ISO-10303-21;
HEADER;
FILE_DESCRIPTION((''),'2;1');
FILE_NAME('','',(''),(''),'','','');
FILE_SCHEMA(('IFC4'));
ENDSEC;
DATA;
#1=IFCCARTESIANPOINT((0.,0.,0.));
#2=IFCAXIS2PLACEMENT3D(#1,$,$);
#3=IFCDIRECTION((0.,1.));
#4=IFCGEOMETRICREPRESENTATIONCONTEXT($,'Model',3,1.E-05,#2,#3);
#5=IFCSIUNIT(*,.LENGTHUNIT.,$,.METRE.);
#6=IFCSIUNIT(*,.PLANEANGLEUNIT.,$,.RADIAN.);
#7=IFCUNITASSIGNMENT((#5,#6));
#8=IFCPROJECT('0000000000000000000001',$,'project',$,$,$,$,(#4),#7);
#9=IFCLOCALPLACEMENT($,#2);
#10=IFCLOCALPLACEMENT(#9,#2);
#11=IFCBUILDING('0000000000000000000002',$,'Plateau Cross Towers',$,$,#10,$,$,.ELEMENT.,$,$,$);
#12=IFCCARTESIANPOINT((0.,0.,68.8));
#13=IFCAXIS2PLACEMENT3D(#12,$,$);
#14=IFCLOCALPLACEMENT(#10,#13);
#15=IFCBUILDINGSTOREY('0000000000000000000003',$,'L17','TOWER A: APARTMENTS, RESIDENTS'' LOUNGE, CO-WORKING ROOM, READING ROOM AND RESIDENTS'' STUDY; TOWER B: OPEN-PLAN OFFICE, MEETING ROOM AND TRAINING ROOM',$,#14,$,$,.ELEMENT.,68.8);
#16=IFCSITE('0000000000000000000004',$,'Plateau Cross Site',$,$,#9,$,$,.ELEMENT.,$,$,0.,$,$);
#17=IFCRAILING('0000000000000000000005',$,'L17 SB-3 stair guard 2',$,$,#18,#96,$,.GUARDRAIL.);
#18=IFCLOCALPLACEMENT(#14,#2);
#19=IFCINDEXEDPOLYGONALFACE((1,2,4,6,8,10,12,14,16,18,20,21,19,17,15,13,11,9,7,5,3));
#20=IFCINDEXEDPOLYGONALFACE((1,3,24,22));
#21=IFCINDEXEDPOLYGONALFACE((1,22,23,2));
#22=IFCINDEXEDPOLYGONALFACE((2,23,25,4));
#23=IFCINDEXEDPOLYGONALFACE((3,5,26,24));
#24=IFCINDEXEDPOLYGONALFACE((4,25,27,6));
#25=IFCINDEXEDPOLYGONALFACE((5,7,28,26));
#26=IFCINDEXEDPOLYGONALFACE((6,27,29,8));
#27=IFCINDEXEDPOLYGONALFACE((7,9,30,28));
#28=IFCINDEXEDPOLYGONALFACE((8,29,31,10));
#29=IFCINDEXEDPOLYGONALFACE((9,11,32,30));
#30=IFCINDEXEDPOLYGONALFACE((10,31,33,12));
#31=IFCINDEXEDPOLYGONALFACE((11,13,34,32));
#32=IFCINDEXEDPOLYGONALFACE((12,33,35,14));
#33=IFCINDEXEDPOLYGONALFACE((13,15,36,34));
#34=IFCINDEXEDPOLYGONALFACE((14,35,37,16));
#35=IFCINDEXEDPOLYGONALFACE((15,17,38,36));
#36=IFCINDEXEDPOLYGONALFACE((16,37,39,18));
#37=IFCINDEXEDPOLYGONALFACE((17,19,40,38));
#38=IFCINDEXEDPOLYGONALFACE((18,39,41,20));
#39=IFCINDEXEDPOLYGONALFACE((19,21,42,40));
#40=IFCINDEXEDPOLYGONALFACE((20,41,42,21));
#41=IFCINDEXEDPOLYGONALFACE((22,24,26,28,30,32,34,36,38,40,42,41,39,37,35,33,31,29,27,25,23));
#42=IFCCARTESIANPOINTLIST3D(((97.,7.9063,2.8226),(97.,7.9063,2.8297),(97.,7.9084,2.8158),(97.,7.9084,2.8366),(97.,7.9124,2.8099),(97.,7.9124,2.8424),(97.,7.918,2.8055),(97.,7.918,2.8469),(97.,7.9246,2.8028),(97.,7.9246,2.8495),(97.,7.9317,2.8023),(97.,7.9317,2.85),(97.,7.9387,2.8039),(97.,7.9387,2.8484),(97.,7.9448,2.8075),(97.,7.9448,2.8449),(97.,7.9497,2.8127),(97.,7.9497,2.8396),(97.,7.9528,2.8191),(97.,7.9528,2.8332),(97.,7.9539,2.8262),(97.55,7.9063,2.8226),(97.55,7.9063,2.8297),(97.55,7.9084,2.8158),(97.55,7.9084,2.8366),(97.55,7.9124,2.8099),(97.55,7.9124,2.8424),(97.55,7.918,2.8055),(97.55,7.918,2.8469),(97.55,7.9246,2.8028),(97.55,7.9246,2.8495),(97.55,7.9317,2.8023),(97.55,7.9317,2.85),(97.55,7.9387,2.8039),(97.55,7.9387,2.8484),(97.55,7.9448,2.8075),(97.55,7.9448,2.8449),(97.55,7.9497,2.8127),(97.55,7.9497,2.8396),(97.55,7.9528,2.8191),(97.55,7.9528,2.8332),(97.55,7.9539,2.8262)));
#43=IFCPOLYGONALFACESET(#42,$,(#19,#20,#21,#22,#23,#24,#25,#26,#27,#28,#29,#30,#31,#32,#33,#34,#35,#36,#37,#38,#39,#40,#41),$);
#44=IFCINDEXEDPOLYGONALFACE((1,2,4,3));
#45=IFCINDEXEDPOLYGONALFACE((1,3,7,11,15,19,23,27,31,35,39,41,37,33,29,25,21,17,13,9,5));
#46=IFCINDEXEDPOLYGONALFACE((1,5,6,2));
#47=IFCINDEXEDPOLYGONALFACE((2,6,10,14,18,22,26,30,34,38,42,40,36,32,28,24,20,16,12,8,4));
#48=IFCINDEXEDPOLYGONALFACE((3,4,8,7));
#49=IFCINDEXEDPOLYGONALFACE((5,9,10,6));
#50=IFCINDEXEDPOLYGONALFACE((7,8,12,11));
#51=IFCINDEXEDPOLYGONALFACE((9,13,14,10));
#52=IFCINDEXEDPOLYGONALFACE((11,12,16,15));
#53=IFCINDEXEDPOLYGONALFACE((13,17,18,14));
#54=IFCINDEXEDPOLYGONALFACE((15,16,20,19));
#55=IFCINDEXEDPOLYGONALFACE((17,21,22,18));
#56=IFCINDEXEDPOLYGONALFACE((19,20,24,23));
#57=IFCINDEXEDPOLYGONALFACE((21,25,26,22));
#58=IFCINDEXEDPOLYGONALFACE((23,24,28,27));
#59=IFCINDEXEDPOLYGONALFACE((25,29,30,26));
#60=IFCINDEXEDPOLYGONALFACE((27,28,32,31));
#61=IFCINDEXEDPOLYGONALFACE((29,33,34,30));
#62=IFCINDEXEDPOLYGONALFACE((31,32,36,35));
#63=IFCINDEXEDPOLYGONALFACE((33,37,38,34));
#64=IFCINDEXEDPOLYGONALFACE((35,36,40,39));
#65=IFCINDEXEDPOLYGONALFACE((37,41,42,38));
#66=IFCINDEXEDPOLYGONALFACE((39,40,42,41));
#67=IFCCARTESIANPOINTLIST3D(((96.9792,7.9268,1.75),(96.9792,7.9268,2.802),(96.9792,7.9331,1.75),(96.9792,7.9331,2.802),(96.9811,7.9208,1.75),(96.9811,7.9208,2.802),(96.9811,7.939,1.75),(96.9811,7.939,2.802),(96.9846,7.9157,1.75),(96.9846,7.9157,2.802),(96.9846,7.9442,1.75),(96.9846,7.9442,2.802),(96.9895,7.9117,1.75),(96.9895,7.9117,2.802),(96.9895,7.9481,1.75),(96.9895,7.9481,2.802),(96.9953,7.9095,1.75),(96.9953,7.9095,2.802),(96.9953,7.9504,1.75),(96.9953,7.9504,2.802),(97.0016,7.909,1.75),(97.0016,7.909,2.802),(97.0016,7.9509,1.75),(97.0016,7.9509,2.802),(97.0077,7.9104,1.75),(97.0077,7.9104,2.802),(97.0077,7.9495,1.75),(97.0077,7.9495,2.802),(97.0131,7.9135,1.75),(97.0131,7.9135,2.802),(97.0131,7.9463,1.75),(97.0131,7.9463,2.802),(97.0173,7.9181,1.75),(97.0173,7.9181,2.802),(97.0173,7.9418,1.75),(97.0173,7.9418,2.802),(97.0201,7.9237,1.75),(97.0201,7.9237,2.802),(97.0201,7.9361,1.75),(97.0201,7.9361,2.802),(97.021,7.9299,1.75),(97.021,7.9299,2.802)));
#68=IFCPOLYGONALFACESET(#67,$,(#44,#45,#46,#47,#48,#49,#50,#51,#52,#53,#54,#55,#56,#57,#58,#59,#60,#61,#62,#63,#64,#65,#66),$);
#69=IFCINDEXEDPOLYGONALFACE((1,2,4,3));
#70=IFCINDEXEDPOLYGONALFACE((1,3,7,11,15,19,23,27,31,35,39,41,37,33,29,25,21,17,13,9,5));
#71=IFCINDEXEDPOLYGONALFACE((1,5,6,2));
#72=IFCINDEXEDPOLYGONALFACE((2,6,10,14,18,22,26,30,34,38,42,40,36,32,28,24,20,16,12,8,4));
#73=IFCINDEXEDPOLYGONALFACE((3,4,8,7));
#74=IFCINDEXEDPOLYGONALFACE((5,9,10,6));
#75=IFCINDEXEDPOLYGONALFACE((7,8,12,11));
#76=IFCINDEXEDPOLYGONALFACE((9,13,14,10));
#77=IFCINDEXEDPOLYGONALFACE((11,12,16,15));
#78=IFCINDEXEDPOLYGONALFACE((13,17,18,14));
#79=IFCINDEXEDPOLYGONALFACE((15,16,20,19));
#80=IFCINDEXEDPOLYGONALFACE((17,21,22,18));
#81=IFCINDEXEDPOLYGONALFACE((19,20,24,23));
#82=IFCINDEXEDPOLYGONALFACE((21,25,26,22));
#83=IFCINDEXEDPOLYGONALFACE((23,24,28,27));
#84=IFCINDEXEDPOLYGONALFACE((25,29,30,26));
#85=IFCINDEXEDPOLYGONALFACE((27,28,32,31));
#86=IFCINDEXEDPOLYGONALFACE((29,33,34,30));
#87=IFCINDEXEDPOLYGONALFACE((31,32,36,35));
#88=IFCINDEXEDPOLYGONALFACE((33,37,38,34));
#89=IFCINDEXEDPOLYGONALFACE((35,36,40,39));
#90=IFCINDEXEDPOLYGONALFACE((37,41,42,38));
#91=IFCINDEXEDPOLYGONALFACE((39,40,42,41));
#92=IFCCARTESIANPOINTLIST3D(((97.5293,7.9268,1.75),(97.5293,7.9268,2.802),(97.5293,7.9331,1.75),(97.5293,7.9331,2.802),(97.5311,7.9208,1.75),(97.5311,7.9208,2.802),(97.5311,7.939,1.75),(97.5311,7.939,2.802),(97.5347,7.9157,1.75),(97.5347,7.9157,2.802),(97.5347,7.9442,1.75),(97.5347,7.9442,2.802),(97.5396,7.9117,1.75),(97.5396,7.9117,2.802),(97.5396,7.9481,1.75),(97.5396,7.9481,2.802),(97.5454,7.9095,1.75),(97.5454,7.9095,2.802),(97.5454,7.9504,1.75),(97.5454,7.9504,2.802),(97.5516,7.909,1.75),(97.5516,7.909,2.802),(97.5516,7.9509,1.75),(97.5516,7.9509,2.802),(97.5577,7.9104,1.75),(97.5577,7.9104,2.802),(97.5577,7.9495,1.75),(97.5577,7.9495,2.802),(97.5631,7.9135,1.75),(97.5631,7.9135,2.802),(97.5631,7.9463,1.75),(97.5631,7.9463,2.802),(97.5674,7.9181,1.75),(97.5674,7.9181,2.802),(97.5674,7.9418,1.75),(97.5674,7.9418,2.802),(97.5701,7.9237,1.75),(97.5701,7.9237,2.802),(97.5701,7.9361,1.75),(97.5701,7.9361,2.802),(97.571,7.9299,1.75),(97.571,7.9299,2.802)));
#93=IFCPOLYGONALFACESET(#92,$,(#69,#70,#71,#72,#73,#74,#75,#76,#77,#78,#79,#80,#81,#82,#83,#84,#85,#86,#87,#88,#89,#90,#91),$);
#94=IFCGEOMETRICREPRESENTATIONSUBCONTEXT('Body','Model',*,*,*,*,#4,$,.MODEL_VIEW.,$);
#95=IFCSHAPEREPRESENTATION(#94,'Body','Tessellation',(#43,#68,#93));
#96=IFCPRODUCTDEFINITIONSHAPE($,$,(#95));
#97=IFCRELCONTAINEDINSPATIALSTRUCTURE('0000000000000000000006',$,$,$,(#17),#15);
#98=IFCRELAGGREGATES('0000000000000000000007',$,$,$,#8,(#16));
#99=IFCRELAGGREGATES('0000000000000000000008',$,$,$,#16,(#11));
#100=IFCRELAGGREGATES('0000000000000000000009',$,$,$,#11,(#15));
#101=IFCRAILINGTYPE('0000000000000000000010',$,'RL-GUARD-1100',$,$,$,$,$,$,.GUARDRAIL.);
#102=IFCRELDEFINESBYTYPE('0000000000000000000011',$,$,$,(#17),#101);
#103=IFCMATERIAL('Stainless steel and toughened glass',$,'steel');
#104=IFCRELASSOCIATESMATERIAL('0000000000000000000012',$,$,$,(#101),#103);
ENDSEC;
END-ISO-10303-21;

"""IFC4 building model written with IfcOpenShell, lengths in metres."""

from ifc_helpers import new_model, si_unit, direction, frame, origin, origin_2d, place, context, subcontext, project, spatial, circle, extrude, material, type_object, element, save


model = new_model("IFC4")

# Units and contexts
model_context = context("Model", 3, precision=1e-05, world=origin(), true_north=direction((0.0, 1.0)))
body_context = subcontext(model_context, "Body", "Model", "MODEL_VIEW")
ifc_project = project(units=[si_unit("LENGTHUNIT", "METRE"), si_unit("PLANEANGLEUNIT", "RADIAN")], contexts=[model_context])

# Site, building, storey
site_placement = place(None, origin())
site = spatial("IfcSite", under=ifc_project, at=site_placement, Name="Plateau Cross Site", CompositionType="ELEMENT", RefElevation=0.0)
building_placement = place(site_placement, origin())
building = spatial("IfcBuilding", under=site, at=building_placement, Name="Plateau Cross Towers", CompositionType="ELEMENT")
storey_placement = place(building_placement, frame((0.0, 0.0, 68.8)))
storey = spatial("IfcBuildingStorey", under=building, at=storey_placement, Name="L17", Description="TOWER A: APARTMENTS, RESIDENTS' LOUNGE, CO-WORKING ROOM, READING ROOM AND RESIDENTS' STUDY; TOWER B: OPEN-PLAN OFFICE, MEETING ROOM AND TRAINING ROOM", CompositionType="ELEMENT", Elevation=68.8)

# Railing
ifc_material_1 = material(Name="Stainless steel and toughened glass", Category="steel")
railing_type_1 = type_object("IfcRailingType", Name="RL-GUARD-1100", PredefinedType="GUARDRAIL", material=ifc_material_1)
railing_1_placement = place(storey_placement, frame((97.0, 7.9299, 1.75)))
element("IfcRailing", 1, at=railing_1_placement, inside=storey, type_object=railing_type_1, Name="L17 SB-3 stair guard 2", PredefinedType="GUARDRAIL", context=body_context, shape_type="SweptSolid", body=[
    extrude(circle(Radius=0.0239, at=origin_2d()), frame((0.0, 0.0, 1.0762), z_axis=(1.0, 0.0, 0.0), x_axis=(0.0, 1.0, 0.0)), (0.0, 0.0, 1.0), 0.55),
    extrude(circle(Radius=0.021, at=origin_2d()), origin(), (0.0, 0.0, 1.0), 1.052),
    extrude(circle(Radius=0.021, at=origin_2d()), frame((0.55, 0.0, 0.0)), (0.0, 0.0, 1.0), 1.052),
])

save(model, "model.ifc")
